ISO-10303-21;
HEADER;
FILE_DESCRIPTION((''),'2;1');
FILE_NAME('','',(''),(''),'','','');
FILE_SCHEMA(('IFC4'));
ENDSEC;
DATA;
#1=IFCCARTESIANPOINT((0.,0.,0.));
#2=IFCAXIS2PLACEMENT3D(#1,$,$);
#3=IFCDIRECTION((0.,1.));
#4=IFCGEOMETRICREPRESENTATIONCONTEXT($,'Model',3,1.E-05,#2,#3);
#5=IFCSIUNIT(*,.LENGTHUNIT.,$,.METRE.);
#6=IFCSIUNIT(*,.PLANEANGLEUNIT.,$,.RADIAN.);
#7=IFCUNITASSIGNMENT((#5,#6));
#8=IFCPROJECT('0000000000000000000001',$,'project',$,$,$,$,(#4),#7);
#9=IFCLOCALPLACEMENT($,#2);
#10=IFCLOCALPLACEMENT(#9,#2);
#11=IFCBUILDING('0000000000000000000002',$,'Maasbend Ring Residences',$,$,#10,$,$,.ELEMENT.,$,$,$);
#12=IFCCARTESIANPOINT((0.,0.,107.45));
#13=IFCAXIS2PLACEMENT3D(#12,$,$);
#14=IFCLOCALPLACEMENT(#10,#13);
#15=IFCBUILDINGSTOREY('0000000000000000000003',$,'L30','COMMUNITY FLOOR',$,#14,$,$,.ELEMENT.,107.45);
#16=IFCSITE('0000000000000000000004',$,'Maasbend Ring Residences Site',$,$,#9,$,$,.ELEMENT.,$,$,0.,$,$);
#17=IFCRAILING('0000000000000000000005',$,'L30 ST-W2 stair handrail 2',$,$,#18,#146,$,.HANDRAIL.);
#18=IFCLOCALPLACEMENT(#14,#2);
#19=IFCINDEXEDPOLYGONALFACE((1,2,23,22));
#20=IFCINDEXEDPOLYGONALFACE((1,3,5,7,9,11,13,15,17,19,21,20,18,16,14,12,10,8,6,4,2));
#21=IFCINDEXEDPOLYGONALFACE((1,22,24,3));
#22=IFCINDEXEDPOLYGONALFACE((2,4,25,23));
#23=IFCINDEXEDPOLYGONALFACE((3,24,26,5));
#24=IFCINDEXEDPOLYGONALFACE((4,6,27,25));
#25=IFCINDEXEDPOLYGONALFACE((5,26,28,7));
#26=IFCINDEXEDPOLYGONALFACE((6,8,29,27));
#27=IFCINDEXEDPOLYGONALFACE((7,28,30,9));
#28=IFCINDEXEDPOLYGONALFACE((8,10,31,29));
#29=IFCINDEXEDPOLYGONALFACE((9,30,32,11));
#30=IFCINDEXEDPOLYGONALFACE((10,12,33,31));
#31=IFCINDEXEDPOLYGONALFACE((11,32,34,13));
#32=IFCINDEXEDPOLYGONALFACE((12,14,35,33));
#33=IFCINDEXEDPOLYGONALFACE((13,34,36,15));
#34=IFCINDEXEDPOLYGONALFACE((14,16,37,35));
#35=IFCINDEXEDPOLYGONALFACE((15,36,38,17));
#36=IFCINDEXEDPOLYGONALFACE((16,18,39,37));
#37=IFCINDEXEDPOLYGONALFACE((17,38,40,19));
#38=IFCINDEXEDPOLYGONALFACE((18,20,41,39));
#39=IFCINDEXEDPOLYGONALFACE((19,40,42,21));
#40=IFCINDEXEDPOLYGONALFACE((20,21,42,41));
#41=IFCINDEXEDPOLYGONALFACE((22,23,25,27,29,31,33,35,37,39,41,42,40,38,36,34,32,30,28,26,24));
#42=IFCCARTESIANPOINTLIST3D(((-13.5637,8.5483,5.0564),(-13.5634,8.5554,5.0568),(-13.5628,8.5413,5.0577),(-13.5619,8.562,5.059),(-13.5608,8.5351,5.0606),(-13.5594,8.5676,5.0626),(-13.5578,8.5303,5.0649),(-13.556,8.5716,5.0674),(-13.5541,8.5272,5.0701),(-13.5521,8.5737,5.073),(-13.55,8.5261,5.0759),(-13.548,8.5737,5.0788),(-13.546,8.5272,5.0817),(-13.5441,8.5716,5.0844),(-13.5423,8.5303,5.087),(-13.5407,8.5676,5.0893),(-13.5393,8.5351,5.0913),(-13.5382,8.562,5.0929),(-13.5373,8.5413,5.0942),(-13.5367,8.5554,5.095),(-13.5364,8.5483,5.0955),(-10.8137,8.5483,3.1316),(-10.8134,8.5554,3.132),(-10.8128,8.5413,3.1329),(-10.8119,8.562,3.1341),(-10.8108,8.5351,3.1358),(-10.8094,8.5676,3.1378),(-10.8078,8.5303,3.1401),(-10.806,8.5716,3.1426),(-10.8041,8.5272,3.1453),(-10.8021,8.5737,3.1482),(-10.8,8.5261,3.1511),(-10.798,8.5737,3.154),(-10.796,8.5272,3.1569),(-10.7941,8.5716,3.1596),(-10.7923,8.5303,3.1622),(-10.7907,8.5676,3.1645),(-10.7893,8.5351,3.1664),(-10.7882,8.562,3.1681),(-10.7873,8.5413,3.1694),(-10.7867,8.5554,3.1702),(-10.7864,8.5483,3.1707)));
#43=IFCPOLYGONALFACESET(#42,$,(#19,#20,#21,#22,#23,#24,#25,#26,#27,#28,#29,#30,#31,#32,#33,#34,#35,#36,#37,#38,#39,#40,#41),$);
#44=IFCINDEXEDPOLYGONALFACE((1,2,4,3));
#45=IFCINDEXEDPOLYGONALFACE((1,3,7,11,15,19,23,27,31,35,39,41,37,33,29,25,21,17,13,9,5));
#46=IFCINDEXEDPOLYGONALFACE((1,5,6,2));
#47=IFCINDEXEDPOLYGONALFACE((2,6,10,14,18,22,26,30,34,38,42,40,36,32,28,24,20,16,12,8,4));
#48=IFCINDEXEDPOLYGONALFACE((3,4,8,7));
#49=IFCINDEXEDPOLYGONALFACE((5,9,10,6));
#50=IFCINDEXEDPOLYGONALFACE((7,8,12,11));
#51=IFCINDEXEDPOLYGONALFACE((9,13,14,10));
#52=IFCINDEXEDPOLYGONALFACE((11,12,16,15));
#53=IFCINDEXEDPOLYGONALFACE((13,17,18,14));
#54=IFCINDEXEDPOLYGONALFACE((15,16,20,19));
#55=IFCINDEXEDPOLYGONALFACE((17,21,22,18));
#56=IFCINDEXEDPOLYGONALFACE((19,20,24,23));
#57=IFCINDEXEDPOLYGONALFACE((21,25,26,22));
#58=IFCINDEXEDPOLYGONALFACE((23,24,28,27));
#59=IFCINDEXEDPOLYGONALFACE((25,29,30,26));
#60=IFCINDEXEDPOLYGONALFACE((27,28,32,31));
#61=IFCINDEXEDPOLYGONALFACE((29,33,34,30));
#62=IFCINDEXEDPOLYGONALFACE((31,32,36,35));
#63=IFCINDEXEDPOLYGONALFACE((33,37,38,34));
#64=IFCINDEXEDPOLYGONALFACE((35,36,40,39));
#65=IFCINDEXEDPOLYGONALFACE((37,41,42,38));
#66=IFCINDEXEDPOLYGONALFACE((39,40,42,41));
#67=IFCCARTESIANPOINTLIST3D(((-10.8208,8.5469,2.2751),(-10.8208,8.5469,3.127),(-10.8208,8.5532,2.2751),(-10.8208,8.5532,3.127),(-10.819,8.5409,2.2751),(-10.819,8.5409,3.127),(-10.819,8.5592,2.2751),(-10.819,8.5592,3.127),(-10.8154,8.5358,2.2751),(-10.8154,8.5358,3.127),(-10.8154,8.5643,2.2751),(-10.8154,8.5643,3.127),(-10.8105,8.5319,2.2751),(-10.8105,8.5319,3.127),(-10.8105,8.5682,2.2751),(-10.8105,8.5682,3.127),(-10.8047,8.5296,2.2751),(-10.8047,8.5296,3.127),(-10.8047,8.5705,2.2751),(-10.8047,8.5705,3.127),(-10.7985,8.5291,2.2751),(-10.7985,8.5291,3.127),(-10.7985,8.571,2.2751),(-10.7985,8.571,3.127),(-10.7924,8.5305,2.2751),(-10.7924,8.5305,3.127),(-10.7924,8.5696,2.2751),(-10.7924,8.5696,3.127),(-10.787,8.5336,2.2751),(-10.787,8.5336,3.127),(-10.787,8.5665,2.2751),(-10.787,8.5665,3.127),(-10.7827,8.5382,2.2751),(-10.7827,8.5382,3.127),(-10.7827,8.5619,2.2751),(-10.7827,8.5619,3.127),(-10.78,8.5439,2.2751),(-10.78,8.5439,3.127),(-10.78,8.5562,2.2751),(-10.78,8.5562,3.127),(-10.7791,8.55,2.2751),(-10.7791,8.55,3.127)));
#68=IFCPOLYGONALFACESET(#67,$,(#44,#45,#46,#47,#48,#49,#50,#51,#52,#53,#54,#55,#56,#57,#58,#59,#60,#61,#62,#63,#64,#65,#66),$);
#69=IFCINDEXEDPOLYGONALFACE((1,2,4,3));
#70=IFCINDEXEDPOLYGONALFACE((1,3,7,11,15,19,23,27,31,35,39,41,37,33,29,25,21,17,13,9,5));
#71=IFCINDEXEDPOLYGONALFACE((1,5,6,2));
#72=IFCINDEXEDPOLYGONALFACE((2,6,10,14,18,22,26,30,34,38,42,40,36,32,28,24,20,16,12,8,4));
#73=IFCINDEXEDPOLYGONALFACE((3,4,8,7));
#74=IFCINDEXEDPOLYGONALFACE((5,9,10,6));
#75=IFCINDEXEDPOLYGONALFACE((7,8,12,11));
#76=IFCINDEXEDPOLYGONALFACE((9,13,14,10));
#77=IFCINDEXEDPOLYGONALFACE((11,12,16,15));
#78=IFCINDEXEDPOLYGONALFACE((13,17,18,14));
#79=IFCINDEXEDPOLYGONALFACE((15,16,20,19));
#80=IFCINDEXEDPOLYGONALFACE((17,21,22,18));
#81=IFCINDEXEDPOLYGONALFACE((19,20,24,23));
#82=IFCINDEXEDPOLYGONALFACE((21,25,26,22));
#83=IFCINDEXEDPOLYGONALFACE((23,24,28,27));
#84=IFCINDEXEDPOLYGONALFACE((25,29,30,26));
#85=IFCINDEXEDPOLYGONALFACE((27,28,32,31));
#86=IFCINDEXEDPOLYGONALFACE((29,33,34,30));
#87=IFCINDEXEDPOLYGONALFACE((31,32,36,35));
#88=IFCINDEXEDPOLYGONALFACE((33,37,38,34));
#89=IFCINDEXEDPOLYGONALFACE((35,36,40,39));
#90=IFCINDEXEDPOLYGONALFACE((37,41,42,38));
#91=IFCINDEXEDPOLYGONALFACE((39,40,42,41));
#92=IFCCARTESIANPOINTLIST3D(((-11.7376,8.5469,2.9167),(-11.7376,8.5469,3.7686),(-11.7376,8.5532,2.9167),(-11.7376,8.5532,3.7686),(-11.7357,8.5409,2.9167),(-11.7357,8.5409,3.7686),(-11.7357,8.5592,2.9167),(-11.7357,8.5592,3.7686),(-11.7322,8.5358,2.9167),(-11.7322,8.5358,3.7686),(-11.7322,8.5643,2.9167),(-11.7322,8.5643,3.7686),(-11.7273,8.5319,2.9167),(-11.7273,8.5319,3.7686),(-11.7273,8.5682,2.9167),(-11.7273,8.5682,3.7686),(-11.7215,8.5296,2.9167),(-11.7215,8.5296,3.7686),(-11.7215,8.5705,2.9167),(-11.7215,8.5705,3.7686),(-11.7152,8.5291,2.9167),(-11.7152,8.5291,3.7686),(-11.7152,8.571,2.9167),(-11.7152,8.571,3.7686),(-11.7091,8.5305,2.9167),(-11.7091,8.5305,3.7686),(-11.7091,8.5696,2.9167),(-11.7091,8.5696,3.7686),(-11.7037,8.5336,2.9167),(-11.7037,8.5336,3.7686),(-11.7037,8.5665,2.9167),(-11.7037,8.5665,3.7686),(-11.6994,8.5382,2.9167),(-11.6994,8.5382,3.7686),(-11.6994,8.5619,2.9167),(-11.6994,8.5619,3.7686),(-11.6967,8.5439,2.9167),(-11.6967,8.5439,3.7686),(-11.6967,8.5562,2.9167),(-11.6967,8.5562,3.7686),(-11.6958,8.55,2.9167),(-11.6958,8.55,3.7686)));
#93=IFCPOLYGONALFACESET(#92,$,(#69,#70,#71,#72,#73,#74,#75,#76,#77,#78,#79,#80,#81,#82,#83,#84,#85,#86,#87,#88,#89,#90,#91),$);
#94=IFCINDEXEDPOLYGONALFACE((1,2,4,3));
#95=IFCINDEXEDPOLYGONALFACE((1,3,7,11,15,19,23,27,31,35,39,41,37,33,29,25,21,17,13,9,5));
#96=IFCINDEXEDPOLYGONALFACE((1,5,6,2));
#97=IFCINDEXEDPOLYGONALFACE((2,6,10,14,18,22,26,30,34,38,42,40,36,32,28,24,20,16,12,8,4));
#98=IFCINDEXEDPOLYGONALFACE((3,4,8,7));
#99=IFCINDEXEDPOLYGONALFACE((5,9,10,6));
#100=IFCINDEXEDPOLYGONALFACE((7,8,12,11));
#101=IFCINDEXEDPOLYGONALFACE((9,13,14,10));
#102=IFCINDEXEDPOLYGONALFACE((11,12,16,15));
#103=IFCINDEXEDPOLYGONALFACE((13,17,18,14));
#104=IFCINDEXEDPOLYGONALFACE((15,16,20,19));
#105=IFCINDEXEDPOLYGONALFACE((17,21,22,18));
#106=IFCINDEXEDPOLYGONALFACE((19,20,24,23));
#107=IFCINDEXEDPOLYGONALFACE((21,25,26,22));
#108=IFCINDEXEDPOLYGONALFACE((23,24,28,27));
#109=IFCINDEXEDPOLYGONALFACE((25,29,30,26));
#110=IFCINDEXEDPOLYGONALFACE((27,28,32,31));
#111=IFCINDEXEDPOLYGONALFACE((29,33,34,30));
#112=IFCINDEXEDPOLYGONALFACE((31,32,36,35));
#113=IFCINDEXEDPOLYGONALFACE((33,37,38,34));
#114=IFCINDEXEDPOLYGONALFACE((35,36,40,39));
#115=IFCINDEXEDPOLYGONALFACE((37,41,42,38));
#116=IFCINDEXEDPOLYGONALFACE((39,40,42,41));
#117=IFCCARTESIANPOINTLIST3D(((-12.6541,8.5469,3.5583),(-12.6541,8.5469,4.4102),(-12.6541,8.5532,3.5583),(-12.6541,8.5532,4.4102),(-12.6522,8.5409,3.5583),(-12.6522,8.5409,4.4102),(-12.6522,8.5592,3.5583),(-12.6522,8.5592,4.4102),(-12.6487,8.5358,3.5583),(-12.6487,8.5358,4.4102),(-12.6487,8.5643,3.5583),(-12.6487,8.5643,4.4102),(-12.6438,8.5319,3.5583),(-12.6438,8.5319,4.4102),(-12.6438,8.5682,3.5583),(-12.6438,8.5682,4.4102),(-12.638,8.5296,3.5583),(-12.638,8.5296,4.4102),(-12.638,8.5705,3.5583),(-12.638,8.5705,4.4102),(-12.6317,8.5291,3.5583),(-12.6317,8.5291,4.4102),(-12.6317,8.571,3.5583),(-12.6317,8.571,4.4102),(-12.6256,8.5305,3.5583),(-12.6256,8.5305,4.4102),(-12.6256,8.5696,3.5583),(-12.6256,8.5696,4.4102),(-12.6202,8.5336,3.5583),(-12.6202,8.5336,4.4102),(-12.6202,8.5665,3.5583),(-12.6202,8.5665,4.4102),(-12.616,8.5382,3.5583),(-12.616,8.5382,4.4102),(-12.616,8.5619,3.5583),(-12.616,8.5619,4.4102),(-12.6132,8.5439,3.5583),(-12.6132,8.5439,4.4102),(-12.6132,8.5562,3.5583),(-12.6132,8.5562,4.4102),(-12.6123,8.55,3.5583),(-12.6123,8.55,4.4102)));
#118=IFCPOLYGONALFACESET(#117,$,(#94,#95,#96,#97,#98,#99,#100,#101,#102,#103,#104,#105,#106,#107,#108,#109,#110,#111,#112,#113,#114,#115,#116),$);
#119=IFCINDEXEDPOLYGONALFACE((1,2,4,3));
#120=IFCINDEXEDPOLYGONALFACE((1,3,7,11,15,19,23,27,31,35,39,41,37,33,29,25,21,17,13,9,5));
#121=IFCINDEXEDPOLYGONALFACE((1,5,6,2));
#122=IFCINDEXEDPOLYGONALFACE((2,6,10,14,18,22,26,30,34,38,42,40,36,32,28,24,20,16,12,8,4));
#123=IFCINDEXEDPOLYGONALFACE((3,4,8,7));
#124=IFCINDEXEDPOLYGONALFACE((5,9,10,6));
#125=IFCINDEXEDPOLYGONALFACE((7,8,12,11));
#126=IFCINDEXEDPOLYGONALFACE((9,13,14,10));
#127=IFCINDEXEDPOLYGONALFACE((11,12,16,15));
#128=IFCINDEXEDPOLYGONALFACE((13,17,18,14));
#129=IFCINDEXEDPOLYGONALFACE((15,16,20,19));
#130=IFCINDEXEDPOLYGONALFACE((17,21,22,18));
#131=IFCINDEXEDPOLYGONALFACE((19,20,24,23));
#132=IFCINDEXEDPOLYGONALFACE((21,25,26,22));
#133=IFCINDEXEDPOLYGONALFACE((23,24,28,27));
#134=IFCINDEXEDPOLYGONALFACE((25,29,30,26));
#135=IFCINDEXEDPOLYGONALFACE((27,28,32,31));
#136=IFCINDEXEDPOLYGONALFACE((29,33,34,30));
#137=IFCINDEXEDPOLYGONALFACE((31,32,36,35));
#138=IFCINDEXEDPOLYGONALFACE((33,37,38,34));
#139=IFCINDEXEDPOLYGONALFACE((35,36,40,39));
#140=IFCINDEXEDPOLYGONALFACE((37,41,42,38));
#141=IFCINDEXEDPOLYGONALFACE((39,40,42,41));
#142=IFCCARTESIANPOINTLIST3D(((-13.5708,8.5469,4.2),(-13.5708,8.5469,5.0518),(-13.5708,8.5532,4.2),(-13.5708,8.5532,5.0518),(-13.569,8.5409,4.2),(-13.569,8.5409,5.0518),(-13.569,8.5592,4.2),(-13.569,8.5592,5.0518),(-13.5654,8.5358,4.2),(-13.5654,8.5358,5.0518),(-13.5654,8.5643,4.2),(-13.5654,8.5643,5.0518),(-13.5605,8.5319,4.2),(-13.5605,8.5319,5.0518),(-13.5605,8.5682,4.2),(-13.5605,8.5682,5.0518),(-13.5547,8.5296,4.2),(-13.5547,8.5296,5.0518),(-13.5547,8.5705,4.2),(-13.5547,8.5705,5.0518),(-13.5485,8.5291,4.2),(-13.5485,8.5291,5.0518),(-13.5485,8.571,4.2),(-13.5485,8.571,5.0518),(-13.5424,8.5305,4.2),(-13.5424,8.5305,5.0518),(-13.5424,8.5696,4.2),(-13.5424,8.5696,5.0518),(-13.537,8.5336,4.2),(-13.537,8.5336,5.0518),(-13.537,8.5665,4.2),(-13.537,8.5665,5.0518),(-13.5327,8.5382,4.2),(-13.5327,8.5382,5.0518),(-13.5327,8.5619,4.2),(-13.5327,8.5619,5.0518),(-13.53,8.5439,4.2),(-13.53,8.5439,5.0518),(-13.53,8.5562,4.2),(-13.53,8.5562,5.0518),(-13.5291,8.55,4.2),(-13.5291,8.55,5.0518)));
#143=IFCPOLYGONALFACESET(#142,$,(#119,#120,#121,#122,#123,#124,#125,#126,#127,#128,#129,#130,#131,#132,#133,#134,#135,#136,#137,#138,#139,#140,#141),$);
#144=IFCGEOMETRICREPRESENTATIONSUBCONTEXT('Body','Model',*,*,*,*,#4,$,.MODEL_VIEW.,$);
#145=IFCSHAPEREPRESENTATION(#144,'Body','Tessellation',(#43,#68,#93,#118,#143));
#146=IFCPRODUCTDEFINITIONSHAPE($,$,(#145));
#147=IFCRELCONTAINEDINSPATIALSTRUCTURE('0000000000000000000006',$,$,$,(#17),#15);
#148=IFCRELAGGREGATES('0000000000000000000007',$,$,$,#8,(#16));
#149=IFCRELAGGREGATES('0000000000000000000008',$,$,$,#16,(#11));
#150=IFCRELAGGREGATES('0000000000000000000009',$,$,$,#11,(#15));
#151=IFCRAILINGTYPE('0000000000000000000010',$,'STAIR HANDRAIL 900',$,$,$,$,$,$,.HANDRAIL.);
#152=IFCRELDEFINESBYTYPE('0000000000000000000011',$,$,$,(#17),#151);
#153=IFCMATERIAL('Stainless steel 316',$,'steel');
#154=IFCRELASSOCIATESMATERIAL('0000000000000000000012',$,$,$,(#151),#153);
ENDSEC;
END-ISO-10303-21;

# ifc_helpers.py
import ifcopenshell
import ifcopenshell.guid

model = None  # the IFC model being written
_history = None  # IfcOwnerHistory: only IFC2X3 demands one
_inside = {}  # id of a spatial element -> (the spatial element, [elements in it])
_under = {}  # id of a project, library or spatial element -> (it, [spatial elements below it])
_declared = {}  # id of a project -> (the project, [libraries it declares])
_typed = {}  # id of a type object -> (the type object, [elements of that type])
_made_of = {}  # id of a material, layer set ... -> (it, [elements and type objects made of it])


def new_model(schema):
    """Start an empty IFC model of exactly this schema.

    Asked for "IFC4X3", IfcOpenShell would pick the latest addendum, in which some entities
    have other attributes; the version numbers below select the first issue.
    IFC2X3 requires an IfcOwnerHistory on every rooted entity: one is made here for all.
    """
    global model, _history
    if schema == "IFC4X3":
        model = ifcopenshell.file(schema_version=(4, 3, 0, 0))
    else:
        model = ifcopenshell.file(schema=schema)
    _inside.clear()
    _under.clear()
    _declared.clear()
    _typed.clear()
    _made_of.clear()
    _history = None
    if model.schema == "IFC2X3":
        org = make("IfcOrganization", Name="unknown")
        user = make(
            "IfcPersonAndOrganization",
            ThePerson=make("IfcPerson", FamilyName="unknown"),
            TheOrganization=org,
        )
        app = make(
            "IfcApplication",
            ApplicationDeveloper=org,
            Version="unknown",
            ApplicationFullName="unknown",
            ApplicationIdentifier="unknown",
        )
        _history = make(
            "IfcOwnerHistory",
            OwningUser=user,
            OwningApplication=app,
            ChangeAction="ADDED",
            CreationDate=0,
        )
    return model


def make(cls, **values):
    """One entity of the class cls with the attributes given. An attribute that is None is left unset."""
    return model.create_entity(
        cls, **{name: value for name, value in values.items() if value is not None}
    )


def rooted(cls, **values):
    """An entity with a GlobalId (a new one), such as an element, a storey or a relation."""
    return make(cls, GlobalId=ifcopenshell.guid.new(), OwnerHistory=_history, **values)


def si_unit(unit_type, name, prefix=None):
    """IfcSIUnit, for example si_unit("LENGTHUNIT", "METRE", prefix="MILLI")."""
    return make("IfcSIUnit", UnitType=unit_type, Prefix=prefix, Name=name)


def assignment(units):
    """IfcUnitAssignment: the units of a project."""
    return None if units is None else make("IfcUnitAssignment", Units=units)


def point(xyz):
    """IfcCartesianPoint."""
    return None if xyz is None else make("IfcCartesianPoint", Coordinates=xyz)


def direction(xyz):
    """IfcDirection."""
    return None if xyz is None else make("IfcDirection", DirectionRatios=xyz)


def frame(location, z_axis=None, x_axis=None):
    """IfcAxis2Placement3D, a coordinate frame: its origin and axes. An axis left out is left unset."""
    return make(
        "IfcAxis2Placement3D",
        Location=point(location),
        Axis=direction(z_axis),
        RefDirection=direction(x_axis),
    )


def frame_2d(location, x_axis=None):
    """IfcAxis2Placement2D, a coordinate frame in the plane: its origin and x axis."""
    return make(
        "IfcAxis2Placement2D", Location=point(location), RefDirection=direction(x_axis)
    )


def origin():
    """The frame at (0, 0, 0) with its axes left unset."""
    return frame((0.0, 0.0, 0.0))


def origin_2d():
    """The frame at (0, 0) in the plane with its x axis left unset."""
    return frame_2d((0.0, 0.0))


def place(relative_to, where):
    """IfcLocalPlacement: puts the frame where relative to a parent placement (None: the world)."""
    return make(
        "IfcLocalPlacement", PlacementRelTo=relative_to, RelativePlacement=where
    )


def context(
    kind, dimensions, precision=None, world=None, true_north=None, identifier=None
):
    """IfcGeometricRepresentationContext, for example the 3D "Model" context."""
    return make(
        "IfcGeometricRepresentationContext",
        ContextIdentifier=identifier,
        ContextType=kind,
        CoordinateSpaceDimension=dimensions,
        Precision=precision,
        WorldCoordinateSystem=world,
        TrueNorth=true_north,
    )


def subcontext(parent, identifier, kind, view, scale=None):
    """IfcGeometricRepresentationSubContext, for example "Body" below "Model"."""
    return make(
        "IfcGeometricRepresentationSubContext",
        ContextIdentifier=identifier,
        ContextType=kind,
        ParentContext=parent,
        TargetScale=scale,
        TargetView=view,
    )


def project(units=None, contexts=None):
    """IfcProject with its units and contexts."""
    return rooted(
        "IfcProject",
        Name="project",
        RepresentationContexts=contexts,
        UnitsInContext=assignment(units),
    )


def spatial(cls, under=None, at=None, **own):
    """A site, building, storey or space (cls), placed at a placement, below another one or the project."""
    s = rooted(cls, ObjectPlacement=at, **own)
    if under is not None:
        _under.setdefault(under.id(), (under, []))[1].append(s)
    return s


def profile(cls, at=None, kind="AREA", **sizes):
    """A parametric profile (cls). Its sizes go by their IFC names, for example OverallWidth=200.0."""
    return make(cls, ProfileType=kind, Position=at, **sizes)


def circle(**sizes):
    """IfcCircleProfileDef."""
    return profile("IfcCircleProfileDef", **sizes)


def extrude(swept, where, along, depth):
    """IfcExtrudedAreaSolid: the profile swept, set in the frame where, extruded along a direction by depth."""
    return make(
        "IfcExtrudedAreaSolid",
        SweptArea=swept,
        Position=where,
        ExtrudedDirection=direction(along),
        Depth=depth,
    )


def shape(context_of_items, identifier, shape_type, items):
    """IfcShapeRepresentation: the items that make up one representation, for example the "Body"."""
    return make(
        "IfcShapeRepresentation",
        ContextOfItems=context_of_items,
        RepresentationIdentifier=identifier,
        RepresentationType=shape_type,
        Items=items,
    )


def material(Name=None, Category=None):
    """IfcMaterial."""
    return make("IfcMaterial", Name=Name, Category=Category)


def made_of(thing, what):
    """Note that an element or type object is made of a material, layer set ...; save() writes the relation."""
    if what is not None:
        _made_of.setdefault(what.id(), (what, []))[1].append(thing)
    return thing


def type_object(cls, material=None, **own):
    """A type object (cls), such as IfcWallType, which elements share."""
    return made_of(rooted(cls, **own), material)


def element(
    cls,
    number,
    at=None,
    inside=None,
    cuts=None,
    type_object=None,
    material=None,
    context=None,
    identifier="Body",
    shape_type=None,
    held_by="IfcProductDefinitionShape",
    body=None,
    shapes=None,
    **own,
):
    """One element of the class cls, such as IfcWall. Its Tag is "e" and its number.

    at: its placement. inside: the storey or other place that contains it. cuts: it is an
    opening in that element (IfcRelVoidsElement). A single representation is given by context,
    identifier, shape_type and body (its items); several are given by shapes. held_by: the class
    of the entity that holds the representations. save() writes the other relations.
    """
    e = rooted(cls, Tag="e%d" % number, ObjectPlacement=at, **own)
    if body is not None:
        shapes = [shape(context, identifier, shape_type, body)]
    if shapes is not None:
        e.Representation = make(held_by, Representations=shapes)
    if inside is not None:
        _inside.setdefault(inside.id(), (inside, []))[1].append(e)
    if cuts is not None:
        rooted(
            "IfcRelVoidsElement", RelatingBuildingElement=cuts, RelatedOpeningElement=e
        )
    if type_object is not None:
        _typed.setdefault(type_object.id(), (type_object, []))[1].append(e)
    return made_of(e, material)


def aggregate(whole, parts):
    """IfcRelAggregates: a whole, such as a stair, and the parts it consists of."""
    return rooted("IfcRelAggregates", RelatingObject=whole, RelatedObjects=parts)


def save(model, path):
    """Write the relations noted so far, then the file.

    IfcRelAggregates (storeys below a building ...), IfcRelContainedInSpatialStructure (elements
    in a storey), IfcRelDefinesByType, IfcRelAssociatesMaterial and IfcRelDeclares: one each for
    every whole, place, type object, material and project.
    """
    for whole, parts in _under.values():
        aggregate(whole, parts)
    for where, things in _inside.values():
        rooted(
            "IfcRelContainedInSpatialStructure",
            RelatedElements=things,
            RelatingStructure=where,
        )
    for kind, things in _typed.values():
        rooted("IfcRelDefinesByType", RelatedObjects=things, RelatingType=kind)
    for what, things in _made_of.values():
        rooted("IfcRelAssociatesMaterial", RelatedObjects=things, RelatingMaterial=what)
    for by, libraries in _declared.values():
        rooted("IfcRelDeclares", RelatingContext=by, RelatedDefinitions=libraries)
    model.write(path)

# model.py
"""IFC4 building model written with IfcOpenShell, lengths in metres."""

from ifc_helpers import new_model, si_unit, direction, frame, origin, origin_2d, place, context, subcontext, project, spatial, circle, extrude, material, type_object, element, save


model = new_model("IFC4")

# Units and contexts
model_context = context("Model", 3, precision=1e-05, world=origin(), true_north=direction((0.0, 1.0)))
body_context = subcontext(model_context, "Body", "Model", "MODEL_VIEW")
ifc_project = project(units=[si_unit("LENGTHUNIT", "METRE"), si_unit("PLANEANGLEUNIT", "RADIAN")], contexts=[model_context])

# Site, building, storey
site_placement = place(None, origin())
site = spatial("IfcSite", under=ifc_project, at=site_placement, Name="Maasbend Ring Residences Site", CompositionType="ELEMENT", RefElevation=0.0)
building_placement = place(site_placement, origin())
building = spatial("IfcBuilding", under=site, at=building_placement, Name="Maasbend Ring Residences", CompositionType="ELEMENT")
storey_placement = place(building_placement, frame((0.0, 0.0, 107.45)))
storey = spatial("IfcBuildingStorey", under=building, at=storey_placement, Name="L30", Description="COMMUNITY FLOOR", CompositionType="ELEMENT", Elevation=107.45)

# Railing
ifc_material_1 = material(Name="Stainless steel 316", Category="steel")
railing_type = type_object("IfcRailingType", Name="STAIR HANDRAIL 900", PredefinedType="HANDRAIL", material=ifc_material_1)
railing_placement = place(storey_placement, frame((-10.8, 8.55, 2.2751)))
element("IfcRailing", 1, at=railing_placement, inside=storey, type_object=railing_type, Name="L30 ST-W2 stair handrail 2", PredefinedType="HANDRAIL", context=body_context, shape_type="SweptSolid", body=[
    extrude(circle(Radius=0.0239, at=origin_2d()), frame((0.0, 0.0, 0.876), z_axis=(-0.819259, 0.0, 0.573423), x_axis=(0.0, -1.0, 0.0)), (0.0, 0.0, 1.0), 3.3567),
    extrude(circle(Radius=0.021, at=origin_2d()), origin(), (0.0, 0.0, 1.0), 0.8518),
    extrude(circle(Radius=0.021, at=origin_2d()), frame((-0.9167, 0.0, 0.6416)), (0.0, 0.0, 1.0), 0.8518),
    extrude(circle(Radius=0.021, at=origin_2d()), frame((-1.8333, 0.0, 1.2832)), (0.0, 0.0, 1.0), 0.8518),
    extrude(circle(Radius=0.021, at=origin_2d()), frame((-2.75, 0.0, 1.9248)), (0.0, 0.0, 1.0), 0.8518),
])

save(model, "model.ifc")
